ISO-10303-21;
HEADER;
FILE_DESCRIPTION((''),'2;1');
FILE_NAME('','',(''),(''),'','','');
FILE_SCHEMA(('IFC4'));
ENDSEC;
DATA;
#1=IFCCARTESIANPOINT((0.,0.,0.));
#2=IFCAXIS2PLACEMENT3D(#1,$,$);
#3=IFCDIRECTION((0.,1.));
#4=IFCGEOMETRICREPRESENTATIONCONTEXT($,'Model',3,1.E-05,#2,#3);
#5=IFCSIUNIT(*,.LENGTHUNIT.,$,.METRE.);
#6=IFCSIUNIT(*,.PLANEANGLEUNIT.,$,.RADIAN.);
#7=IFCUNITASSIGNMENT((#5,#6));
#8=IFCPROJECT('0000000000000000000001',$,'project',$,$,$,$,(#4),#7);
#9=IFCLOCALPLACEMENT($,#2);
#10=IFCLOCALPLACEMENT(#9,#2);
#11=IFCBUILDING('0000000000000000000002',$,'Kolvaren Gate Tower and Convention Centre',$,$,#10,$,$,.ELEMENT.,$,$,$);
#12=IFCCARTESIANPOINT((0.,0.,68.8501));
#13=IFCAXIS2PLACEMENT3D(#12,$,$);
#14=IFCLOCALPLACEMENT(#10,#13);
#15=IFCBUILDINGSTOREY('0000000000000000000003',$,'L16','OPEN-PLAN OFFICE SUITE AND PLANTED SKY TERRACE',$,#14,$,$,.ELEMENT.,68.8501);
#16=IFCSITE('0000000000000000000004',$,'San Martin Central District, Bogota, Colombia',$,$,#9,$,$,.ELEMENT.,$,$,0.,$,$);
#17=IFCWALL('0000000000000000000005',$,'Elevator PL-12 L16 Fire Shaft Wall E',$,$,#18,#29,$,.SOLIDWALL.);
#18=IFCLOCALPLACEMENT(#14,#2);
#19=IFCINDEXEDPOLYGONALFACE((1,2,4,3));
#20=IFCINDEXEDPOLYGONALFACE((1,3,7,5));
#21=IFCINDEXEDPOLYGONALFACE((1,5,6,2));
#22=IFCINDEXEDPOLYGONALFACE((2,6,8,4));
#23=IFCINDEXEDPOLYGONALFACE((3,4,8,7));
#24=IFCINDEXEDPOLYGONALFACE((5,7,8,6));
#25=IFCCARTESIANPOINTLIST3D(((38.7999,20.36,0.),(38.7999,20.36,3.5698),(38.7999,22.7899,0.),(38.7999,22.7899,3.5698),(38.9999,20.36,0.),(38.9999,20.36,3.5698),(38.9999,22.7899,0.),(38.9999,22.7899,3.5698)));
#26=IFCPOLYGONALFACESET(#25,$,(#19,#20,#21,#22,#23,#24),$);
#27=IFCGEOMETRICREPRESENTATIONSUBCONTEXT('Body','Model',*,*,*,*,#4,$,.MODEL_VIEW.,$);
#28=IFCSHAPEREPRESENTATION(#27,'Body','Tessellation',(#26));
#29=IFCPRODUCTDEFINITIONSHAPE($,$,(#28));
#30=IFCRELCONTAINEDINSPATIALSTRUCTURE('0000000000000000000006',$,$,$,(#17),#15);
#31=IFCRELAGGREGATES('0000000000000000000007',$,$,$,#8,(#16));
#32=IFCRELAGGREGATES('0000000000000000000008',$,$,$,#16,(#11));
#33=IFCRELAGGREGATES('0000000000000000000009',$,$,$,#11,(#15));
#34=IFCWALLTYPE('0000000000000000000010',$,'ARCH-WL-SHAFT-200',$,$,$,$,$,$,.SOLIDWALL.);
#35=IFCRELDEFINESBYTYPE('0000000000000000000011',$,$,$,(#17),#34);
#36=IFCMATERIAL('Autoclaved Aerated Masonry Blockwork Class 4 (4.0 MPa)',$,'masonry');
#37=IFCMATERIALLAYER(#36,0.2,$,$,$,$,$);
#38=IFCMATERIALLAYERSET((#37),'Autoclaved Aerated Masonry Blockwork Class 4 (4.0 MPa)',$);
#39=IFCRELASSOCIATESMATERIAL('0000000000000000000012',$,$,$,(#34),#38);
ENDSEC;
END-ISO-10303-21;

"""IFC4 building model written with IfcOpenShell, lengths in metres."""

from ifc_helpers import new_model, si_unit, direction, frame, frame_2d, origin, place, context, subcontext, project, spatial, rectangle, extrude, material, layer, layer_set, type_object, element, save


model = new_model("IFC4")

# Units and contexts
model_context = context("Model", 3, precision=1e-05, world=origin(), true_north=direction((0.0, 1.0)))
body_context = subcontext(model_context, "Body", "Model", "MODEL_VIEW")
ifc_project = project(units=[si_unit("LENGTHUNIT", "METRE"), si_unit("PLANEANGLEUNIT", "RADIAN")], contexts=[model_context])

# Site, building, storey
site_placement = place(None, origin())
site = spatial("IfcSite", under=ifc_project, at=site_placement, Name="San Martin Central District, Bogota, Colombia", CompositionType="ELEMENT", RefElevation=0.0)
building_placement = place(site_placement, origin())
building = spatial("IfcBuilding", under=site, at=building_placement, Name="Kolvaren Gate Tower and Convention Centre", CompositionType="ELEMENT")
storey_placement = place(building_placement, frame((0.0, 0.0, 68.8501)))
storey = spatial("IfcBuildingStorey", under=building, at=storey_placement, Name="L16", Description="OPEN-PLAN OFFICE SUITE AND PLANTED SKY TERRACE", CompositionType="ELEMENT", Elevation=68.8501)

# Wall
ifc_material_1 = material(Name="Autoclaved Aerated Masonry Blockwork Class 4 (4.0 MPa)", Category="masonry")
ifc_layer_1 = layer(ifc_material_1, 0.2)
ifc_layer_set_1 = layer_set([ifc_layer_1], Name="Autoclaved Aerated Masonry Blockwork Class 4 (4.0 MPa)")
wall_type_1 = type_object("IfcWallType", Name="ARCH-WL-SHAFT-200", PredefinedType="SOLIDWALL", material=ifc_layer_set_1)
wall_1_placement = place(storey_placement, frame((38.8999, 20.3601, 0.0), z_axis=(0.0, 0.0, 1.0), x_axis=(0.0, 1.0, 0.0)))
element("IfcWall", 1, at=wall_1_placement, inside=storey, type_object=wall_type_1, Name="Elevator PL-12 L16 Fire Shaft Wall E", PredefinedType="SOLIDWALL", context=body_context, shape_type="SweptSolid", body=[
    extrude(rectangle(XDim=2.4299, YDim=0.2, at=frame_2d((1.2148, 0.0))), origin(), (0.0, 0.0, 1.0), 3.5698),
])

save(model, "model.ifc")
